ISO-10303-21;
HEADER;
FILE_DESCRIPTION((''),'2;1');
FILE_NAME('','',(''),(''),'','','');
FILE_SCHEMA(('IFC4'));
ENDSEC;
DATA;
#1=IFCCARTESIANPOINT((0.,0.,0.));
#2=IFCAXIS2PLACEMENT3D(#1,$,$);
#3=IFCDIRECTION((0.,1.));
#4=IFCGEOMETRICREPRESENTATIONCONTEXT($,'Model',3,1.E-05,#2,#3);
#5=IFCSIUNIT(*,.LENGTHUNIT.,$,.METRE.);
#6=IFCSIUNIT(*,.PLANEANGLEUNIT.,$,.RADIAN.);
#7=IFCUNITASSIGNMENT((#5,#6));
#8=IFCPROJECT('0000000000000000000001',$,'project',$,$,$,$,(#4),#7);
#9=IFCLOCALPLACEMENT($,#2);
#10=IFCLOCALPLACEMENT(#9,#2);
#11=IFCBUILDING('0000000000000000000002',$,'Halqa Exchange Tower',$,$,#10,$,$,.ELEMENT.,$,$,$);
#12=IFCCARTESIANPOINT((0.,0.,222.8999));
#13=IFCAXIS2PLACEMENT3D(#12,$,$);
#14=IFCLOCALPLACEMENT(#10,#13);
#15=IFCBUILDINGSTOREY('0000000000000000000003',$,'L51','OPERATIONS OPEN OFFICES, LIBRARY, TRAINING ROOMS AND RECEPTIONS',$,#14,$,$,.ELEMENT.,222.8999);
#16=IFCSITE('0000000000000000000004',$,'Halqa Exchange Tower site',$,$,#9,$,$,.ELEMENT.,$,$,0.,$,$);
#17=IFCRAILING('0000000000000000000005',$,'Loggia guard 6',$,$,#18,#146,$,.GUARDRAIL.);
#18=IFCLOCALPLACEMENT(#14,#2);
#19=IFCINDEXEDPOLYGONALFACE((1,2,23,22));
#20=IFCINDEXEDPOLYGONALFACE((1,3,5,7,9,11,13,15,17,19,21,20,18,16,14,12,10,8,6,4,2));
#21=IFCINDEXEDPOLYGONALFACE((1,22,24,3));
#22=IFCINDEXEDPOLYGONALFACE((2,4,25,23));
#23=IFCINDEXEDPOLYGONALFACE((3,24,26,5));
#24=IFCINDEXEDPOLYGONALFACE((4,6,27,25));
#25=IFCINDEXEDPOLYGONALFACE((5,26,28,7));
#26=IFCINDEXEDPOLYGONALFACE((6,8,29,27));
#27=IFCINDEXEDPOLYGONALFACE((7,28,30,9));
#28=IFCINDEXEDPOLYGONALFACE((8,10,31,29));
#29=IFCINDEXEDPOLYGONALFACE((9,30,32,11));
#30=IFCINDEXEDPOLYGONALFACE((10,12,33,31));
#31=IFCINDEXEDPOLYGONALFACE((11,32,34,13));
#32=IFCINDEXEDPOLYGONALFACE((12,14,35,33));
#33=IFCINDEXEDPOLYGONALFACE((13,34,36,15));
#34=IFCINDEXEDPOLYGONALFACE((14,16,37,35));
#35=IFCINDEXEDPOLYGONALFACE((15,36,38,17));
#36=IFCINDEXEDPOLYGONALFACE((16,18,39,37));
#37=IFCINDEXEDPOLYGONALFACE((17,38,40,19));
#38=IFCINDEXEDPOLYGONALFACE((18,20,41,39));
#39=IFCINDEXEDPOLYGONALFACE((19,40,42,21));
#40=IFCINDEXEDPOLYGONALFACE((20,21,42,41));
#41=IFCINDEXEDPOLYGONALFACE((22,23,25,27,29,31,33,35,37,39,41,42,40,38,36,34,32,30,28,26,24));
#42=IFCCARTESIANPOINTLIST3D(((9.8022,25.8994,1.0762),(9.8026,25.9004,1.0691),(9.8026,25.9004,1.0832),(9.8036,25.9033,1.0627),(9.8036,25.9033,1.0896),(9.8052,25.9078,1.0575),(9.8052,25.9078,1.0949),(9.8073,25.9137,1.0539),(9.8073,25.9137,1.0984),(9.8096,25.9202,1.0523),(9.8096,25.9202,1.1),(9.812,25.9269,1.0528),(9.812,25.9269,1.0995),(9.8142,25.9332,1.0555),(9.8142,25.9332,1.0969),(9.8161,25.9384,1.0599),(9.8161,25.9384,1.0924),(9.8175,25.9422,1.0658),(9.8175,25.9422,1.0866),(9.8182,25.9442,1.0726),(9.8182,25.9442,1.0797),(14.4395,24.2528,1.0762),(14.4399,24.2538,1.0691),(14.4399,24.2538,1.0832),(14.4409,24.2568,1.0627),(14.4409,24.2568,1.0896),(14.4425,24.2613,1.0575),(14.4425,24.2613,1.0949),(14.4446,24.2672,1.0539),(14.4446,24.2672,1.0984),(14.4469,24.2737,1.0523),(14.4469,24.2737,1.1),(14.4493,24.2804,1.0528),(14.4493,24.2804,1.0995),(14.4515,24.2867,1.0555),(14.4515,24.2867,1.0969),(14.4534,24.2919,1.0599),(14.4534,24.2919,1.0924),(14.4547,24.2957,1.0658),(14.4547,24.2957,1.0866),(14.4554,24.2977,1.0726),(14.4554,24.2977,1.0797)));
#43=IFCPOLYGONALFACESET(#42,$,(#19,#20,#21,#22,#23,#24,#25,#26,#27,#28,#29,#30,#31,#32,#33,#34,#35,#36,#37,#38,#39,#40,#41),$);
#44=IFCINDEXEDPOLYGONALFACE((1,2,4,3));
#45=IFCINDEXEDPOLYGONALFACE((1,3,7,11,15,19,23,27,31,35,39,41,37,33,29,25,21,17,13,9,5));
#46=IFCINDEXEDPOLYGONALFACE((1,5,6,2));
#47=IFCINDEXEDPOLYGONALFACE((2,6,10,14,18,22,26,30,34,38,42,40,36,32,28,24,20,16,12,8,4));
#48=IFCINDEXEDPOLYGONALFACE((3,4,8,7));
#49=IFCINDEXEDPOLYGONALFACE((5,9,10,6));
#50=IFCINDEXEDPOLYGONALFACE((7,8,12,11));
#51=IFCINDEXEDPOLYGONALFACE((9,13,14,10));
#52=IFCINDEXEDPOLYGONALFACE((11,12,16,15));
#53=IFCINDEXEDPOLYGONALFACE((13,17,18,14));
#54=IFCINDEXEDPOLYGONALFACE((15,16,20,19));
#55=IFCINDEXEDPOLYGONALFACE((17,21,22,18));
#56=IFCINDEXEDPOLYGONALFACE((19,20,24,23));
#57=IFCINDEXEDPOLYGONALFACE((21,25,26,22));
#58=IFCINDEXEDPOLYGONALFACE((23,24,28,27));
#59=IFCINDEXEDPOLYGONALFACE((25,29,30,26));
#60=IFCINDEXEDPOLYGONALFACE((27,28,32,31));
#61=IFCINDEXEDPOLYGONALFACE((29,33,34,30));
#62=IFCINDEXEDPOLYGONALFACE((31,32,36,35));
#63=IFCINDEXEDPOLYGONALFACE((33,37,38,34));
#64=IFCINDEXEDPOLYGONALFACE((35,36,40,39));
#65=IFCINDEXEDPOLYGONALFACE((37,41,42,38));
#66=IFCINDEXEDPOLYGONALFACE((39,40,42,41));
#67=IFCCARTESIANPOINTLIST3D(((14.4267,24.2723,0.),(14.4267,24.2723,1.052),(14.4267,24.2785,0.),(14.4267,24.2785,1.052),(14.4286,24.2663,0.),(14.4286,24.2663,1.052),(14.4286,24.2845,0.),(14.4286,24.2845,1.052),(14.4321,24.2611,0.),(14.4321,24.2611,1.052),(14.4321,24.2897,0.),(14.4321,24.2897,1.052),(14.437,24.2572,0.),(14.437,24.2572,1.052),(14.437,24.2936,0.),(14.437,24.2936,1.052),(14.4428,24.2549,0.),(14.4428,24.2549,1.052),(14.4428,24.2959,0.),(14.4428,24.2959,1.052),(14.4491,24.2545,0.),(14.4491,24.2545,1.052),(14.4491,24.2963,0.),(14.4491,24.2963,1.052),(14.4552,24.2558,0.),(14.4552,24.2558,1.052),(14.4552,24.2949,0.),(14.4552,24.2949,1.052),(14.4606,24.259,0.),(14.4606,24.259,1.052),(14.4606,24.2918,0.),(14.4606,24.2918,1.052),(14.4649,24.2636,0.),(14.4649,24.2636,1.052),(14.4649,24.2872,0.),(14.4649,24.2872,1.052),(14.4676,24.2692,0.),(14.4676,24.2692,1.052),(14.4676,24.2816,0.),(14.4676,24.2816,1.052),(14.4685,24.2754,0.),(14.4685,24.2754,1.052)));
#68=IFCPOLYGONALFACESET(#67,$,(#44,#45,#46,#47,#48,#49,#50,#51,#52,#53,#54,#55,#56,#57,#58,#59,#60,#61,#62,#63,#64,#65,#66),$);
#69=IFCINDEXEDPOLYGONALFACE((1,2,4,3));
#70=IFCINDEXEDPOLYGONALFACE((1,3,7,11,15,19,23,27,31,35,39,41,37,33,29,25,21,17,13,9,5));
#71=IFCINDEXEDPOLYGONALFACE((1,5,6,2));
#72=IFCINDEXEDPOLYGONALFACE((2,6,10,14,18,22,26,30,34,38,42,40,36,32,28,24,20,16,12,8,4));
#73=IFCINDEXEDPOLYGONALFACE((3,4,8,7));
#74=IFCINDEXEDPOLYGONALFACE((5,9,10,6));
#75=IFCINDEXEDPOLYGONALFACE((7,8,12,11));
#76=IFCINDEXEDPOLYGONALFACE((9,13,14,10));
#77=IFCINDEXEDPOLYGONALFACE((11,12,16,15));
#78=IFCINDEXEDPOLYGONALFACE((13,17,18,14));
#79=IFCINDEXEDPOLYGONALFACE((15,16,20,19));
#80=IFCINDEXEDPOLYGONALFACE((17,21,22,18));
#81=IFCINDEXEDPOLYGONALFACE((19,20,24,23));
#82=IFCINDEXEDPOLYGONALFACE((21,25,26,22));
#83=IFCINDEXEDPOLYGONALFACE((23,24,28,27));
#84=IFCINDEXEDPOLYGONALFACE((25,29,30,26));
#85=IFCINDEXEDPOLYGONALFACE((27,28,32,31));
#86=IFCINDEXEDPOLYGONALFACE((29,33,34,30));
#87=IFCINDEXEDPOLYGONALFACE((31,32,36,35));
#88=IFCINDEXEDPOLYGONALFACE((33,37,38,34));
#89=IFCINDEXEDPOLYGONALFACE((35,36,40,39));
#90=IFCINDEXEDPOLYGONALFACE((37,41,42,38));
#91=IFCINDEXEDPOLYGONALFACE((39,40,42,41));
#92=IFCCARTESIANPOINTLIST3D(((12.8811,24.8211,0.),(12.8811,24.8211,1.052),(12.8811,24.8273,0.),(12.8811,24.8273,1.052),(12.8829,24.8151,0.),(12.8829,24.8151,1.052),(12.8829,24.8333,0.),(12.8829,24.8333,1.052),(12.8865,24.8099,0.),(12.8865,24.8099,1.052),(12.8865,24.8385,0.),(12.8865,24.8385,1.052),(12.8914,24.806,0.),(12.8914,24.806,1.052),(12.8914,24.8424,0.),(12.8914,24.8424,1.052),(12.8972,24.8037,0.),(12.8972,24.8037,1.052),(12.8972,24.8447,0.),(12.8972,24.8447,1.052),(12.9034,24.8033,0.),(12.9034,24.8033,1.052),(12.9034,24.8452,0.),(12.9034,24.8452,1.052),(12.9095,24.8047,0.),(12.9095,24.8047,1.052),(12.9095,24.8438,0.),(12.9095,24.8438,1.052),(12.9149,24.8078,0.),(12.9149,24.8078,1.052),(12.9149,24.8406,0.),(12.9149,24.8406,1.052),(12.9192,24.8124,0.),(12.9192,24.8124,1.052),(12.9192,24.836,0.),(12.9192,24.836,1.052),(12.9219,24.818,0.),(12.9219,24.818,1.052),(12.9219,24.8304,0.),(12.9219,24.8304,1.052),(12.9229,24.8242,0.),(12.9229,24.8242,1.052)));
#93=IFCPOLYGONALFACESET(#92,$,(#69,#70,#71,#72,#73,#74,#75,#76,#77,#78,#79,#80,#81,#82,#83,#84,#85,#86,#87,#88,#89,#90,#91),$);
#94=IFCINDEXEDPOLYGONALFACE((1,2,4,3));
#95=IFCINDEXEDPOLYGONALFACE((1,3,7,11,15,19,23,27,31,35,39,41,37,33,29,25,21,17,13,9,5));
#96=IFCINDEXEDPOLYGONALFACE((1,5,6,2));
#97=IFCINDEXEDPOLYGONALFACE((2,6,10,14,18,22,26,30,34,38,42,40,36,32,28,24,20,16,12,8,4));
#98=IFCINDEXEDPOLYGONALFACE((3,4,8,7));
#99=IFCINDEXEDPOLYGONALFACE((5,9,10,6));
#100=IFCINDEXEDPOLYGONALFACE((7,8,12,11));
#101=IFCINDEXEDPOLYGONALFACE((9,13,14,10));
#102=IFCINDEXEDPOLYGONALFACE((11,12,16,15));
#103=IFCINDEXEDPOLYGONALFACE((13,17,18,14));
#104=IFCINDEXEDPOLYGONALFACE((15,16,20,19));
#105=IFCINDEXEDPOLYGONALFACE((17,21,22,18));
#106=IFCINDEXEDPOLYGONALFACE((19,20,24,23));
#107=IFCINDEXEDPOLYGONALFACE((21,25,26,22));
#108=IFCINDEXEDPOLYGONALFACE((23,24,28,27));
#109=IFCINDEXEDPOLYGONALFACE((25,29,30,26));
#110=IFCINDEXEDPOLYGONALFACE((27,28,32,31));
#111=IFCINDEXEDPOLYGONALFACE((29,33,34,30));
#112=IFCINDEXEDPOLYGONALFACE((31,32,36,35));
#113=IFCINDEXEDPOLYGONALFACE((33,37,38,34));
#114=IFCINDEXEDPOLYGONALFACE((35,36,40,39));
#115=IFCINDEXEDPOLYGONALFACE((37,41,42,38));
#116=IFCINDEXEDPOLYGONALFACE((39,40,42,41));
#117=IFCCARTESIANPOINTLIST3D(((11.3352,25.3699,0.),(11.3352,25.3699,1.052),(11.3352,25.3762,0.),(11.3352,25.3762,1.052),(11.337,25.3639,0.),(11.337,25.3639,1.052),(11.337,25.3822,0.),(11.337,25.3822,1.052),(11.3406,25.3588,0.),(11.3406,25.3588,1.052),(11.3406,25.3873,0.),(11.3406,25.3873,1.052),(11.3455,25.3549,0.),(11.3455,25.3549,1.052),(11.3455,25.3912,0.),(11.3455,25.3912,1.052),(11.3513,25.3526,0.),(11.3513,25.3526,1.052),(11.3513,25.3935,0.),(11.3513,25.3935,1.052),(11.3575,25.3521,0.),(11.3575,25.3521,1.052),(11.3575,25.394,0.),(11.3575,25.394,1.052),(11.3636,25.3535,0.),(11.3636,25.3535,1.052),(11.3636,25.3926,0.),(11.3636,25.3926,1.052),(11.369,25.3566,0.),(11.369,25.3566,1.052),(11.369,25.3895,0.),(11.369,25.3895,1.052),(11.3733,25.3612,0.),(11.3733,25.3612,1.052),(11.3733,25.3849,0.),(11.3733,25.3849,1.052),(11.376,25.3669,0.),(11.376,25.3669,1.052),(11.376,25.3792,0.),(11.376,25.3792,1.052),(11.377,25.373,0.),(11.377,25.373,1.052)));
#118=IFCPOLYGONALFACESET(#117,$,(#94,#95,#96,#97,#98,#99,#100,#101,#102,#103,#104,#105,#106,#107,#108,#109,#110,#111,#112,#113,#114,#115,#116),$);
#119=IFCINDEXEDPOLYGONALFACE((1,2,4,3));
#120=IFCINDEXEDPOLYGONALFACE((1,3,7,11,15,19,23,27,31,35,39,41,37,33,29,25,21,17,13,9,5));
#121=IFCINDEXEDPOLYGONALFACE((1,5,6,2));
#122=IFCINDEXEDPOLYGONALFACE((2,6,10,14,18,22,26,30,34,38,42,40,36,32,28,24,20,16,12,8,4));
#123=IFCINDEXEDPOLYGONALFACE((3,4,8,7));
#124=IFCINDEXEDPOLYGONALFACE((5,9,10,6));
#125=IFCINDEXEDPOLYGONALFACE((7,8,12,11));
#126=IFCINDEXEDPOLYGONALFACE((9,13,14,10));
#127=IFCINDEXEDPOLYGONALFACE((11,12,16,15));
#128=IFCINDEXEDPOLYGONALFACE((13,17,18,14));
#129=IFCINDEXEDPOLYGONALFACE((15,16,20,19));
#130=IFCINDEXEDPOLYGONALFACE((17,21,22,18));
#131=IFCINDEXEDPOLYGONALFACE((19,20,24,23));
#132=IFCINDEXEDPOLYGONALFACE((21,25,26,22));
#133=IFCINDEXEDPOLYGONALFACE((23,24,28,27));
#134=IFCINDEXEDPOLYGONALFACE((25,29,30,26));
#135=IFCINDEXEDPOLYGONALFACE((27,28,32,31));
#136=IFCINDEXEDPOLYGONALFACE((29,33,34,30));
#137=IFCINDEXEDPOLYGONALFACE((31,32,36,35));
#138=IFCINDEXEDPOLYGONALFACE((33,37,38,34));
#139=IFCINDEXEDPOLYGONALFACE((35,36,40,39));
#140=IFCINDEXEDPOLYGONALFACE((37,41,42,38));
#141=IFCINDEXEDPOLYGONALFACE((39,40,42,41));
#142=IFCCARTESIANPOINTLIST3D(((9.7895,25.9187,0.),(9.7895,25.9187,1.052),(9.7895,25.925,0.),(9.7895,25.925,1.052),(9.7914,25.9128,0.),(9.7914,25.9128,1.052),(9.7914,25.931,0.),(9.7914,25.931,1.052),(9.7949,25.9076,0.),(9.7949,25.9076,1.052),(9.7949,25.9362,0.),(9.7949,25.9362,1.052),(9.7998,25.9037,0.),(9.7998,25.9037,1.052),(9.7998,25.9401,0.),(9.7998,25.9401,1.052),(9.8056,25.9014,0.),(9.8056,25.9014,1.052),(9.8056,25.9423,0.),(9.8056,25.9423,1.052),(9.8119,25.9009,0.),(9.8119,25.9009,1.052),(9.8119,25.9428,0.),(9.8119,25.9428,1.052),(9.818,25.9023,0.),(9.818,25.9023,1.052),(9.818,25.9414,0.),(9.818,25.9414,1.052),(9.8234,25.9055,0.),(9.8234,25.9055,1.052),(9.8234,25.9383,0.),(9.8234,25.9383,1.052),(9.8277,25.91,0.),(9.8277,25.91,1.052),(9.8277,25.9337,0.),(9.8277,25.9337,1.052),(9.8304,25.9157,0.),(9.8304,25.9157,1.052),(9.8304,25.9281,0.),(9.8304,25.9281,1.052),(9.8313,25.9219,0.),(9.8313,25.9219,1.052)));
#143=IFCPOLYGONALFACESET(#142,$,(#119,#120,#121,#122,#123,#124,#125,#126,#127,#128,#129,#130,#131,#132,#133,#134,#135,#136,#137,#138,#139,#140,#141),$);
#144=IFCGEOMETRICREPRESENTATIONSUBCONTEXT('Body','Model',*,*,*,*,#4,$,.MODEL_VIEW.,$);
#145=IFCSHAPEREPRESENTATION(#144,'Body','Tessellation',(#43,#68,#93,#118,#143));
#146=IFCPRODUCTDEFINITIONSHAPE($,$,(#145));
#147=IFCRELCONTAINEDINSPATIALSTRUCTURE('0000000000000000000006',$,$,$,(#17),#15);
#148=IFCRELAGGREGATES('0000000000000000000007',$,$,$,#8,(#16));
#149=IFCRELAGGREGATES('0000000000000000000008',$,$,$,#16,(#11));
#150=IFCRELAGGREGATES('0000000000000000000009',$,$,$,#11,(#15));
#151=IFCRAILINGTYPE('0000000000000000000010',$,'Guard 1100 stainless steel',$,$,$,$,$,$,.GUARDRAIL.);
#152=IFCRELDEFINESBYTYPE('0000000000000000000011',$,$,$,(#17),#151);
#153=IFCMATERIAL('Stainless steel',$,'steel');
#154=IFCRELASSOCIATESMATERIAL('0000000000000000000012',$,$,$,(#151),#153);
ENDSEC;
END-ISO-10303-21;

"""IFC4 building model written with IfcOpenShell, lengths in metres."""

from ifc_helpers import new_model, si_unit, direction, frame, origin, origin_2d, place, context, subcontext, project, spatial, circle, extrude, material, type_object, element, save


model = new_model("IFC4")

# Units and contexts
model_context = context("Model", 3, precision=1e-05, world=origin(), true_north=direction((0.0, 1.0)))
body_context = subcontext(model_context, "Body", "Model", "MODEL_VIEW")
ifc_project = project(units=[si_unit("LENGTHUNIT", "METRE"), si_unit("PLANEANGLEUNIT", "RADIAN")], contexts=[model_context])

# Site, building, storey
site_placement = place(None, origin())
site = spatial("IfcSite", under=ifc_project, at=site_placement, Name="Halqa Exchange Tower site", CompositionType="ELEMENT", RefElevation=0.0)
building_placement = place(site_placement, origin())
building = spatial("IfcBuilding", under=site, at=building_placement, Name="Halqa Exchange Tower", CompositionType="ELEMENT")
storey_placement = place(building_placement, frame((0.0, 0.0, 222.8999)))
storey = spatial("IfcBuildingStorey", under=building, at=storey_placement, Name="L51", Description="OPERATIONS OPEN OFFICES, LIBRARY, TRAINING ROOMS AND RECEPTIONS", CompositionType="ELEMENT", Elevation=222.8999)

# Railing
ifc_material_1 = material(Name="Stainless steel", Category="steel")
railing_type = type_object("IfcRailingType", Name="Guard 1100 stainless steel", PredefinedType="GUARDRAIL", material=ifc_material_1)
railing_1_placement = place(storey_placement, frame((14.4475, 24.2754, 0.0)))
element("IfcRailing", 1, at=railing_1_placement, inside=storey, type_object=railing_type, Name="Loggia guard 6", PredefinedType="GUARDRAIL", context=body_context, shape_type="SweptSolid", body=[
    extrude(circle(Radius=0.0239, at=origin_2d()), frame((0.0, 0.0, 1.0762), z_axis=(-0.942362, 0.334595, 0.0), x_axis=(-0.334595, -0.942362, 0.0)), (0.0, 0.0, 1.0), 4.9209),
    extrude(circle(Radius=0.021, at=origin_2d()), origin(), (0.0, 0.0, 1.0), 1.052),
    extrude(circle(Radius=0.021, at=origin_2d()), frame((-1.5457, 0.5488, 0.0)), (0.0, 0.0, 1.0), 1.052),
    extrude(circle(Radius=0.021, at=origin_2d()), frame((-3.0916, 1.0977, 0.0)), (0.0, 0.0, 1.0), 1.052),
    extrude(circle(Radius=0.021, at=origin_2d()), frame((-4.6372, 1.6465, 0.0)), (0.0, 0.0, 1.0), 1.052),
])

save(model, "model.ifc")
